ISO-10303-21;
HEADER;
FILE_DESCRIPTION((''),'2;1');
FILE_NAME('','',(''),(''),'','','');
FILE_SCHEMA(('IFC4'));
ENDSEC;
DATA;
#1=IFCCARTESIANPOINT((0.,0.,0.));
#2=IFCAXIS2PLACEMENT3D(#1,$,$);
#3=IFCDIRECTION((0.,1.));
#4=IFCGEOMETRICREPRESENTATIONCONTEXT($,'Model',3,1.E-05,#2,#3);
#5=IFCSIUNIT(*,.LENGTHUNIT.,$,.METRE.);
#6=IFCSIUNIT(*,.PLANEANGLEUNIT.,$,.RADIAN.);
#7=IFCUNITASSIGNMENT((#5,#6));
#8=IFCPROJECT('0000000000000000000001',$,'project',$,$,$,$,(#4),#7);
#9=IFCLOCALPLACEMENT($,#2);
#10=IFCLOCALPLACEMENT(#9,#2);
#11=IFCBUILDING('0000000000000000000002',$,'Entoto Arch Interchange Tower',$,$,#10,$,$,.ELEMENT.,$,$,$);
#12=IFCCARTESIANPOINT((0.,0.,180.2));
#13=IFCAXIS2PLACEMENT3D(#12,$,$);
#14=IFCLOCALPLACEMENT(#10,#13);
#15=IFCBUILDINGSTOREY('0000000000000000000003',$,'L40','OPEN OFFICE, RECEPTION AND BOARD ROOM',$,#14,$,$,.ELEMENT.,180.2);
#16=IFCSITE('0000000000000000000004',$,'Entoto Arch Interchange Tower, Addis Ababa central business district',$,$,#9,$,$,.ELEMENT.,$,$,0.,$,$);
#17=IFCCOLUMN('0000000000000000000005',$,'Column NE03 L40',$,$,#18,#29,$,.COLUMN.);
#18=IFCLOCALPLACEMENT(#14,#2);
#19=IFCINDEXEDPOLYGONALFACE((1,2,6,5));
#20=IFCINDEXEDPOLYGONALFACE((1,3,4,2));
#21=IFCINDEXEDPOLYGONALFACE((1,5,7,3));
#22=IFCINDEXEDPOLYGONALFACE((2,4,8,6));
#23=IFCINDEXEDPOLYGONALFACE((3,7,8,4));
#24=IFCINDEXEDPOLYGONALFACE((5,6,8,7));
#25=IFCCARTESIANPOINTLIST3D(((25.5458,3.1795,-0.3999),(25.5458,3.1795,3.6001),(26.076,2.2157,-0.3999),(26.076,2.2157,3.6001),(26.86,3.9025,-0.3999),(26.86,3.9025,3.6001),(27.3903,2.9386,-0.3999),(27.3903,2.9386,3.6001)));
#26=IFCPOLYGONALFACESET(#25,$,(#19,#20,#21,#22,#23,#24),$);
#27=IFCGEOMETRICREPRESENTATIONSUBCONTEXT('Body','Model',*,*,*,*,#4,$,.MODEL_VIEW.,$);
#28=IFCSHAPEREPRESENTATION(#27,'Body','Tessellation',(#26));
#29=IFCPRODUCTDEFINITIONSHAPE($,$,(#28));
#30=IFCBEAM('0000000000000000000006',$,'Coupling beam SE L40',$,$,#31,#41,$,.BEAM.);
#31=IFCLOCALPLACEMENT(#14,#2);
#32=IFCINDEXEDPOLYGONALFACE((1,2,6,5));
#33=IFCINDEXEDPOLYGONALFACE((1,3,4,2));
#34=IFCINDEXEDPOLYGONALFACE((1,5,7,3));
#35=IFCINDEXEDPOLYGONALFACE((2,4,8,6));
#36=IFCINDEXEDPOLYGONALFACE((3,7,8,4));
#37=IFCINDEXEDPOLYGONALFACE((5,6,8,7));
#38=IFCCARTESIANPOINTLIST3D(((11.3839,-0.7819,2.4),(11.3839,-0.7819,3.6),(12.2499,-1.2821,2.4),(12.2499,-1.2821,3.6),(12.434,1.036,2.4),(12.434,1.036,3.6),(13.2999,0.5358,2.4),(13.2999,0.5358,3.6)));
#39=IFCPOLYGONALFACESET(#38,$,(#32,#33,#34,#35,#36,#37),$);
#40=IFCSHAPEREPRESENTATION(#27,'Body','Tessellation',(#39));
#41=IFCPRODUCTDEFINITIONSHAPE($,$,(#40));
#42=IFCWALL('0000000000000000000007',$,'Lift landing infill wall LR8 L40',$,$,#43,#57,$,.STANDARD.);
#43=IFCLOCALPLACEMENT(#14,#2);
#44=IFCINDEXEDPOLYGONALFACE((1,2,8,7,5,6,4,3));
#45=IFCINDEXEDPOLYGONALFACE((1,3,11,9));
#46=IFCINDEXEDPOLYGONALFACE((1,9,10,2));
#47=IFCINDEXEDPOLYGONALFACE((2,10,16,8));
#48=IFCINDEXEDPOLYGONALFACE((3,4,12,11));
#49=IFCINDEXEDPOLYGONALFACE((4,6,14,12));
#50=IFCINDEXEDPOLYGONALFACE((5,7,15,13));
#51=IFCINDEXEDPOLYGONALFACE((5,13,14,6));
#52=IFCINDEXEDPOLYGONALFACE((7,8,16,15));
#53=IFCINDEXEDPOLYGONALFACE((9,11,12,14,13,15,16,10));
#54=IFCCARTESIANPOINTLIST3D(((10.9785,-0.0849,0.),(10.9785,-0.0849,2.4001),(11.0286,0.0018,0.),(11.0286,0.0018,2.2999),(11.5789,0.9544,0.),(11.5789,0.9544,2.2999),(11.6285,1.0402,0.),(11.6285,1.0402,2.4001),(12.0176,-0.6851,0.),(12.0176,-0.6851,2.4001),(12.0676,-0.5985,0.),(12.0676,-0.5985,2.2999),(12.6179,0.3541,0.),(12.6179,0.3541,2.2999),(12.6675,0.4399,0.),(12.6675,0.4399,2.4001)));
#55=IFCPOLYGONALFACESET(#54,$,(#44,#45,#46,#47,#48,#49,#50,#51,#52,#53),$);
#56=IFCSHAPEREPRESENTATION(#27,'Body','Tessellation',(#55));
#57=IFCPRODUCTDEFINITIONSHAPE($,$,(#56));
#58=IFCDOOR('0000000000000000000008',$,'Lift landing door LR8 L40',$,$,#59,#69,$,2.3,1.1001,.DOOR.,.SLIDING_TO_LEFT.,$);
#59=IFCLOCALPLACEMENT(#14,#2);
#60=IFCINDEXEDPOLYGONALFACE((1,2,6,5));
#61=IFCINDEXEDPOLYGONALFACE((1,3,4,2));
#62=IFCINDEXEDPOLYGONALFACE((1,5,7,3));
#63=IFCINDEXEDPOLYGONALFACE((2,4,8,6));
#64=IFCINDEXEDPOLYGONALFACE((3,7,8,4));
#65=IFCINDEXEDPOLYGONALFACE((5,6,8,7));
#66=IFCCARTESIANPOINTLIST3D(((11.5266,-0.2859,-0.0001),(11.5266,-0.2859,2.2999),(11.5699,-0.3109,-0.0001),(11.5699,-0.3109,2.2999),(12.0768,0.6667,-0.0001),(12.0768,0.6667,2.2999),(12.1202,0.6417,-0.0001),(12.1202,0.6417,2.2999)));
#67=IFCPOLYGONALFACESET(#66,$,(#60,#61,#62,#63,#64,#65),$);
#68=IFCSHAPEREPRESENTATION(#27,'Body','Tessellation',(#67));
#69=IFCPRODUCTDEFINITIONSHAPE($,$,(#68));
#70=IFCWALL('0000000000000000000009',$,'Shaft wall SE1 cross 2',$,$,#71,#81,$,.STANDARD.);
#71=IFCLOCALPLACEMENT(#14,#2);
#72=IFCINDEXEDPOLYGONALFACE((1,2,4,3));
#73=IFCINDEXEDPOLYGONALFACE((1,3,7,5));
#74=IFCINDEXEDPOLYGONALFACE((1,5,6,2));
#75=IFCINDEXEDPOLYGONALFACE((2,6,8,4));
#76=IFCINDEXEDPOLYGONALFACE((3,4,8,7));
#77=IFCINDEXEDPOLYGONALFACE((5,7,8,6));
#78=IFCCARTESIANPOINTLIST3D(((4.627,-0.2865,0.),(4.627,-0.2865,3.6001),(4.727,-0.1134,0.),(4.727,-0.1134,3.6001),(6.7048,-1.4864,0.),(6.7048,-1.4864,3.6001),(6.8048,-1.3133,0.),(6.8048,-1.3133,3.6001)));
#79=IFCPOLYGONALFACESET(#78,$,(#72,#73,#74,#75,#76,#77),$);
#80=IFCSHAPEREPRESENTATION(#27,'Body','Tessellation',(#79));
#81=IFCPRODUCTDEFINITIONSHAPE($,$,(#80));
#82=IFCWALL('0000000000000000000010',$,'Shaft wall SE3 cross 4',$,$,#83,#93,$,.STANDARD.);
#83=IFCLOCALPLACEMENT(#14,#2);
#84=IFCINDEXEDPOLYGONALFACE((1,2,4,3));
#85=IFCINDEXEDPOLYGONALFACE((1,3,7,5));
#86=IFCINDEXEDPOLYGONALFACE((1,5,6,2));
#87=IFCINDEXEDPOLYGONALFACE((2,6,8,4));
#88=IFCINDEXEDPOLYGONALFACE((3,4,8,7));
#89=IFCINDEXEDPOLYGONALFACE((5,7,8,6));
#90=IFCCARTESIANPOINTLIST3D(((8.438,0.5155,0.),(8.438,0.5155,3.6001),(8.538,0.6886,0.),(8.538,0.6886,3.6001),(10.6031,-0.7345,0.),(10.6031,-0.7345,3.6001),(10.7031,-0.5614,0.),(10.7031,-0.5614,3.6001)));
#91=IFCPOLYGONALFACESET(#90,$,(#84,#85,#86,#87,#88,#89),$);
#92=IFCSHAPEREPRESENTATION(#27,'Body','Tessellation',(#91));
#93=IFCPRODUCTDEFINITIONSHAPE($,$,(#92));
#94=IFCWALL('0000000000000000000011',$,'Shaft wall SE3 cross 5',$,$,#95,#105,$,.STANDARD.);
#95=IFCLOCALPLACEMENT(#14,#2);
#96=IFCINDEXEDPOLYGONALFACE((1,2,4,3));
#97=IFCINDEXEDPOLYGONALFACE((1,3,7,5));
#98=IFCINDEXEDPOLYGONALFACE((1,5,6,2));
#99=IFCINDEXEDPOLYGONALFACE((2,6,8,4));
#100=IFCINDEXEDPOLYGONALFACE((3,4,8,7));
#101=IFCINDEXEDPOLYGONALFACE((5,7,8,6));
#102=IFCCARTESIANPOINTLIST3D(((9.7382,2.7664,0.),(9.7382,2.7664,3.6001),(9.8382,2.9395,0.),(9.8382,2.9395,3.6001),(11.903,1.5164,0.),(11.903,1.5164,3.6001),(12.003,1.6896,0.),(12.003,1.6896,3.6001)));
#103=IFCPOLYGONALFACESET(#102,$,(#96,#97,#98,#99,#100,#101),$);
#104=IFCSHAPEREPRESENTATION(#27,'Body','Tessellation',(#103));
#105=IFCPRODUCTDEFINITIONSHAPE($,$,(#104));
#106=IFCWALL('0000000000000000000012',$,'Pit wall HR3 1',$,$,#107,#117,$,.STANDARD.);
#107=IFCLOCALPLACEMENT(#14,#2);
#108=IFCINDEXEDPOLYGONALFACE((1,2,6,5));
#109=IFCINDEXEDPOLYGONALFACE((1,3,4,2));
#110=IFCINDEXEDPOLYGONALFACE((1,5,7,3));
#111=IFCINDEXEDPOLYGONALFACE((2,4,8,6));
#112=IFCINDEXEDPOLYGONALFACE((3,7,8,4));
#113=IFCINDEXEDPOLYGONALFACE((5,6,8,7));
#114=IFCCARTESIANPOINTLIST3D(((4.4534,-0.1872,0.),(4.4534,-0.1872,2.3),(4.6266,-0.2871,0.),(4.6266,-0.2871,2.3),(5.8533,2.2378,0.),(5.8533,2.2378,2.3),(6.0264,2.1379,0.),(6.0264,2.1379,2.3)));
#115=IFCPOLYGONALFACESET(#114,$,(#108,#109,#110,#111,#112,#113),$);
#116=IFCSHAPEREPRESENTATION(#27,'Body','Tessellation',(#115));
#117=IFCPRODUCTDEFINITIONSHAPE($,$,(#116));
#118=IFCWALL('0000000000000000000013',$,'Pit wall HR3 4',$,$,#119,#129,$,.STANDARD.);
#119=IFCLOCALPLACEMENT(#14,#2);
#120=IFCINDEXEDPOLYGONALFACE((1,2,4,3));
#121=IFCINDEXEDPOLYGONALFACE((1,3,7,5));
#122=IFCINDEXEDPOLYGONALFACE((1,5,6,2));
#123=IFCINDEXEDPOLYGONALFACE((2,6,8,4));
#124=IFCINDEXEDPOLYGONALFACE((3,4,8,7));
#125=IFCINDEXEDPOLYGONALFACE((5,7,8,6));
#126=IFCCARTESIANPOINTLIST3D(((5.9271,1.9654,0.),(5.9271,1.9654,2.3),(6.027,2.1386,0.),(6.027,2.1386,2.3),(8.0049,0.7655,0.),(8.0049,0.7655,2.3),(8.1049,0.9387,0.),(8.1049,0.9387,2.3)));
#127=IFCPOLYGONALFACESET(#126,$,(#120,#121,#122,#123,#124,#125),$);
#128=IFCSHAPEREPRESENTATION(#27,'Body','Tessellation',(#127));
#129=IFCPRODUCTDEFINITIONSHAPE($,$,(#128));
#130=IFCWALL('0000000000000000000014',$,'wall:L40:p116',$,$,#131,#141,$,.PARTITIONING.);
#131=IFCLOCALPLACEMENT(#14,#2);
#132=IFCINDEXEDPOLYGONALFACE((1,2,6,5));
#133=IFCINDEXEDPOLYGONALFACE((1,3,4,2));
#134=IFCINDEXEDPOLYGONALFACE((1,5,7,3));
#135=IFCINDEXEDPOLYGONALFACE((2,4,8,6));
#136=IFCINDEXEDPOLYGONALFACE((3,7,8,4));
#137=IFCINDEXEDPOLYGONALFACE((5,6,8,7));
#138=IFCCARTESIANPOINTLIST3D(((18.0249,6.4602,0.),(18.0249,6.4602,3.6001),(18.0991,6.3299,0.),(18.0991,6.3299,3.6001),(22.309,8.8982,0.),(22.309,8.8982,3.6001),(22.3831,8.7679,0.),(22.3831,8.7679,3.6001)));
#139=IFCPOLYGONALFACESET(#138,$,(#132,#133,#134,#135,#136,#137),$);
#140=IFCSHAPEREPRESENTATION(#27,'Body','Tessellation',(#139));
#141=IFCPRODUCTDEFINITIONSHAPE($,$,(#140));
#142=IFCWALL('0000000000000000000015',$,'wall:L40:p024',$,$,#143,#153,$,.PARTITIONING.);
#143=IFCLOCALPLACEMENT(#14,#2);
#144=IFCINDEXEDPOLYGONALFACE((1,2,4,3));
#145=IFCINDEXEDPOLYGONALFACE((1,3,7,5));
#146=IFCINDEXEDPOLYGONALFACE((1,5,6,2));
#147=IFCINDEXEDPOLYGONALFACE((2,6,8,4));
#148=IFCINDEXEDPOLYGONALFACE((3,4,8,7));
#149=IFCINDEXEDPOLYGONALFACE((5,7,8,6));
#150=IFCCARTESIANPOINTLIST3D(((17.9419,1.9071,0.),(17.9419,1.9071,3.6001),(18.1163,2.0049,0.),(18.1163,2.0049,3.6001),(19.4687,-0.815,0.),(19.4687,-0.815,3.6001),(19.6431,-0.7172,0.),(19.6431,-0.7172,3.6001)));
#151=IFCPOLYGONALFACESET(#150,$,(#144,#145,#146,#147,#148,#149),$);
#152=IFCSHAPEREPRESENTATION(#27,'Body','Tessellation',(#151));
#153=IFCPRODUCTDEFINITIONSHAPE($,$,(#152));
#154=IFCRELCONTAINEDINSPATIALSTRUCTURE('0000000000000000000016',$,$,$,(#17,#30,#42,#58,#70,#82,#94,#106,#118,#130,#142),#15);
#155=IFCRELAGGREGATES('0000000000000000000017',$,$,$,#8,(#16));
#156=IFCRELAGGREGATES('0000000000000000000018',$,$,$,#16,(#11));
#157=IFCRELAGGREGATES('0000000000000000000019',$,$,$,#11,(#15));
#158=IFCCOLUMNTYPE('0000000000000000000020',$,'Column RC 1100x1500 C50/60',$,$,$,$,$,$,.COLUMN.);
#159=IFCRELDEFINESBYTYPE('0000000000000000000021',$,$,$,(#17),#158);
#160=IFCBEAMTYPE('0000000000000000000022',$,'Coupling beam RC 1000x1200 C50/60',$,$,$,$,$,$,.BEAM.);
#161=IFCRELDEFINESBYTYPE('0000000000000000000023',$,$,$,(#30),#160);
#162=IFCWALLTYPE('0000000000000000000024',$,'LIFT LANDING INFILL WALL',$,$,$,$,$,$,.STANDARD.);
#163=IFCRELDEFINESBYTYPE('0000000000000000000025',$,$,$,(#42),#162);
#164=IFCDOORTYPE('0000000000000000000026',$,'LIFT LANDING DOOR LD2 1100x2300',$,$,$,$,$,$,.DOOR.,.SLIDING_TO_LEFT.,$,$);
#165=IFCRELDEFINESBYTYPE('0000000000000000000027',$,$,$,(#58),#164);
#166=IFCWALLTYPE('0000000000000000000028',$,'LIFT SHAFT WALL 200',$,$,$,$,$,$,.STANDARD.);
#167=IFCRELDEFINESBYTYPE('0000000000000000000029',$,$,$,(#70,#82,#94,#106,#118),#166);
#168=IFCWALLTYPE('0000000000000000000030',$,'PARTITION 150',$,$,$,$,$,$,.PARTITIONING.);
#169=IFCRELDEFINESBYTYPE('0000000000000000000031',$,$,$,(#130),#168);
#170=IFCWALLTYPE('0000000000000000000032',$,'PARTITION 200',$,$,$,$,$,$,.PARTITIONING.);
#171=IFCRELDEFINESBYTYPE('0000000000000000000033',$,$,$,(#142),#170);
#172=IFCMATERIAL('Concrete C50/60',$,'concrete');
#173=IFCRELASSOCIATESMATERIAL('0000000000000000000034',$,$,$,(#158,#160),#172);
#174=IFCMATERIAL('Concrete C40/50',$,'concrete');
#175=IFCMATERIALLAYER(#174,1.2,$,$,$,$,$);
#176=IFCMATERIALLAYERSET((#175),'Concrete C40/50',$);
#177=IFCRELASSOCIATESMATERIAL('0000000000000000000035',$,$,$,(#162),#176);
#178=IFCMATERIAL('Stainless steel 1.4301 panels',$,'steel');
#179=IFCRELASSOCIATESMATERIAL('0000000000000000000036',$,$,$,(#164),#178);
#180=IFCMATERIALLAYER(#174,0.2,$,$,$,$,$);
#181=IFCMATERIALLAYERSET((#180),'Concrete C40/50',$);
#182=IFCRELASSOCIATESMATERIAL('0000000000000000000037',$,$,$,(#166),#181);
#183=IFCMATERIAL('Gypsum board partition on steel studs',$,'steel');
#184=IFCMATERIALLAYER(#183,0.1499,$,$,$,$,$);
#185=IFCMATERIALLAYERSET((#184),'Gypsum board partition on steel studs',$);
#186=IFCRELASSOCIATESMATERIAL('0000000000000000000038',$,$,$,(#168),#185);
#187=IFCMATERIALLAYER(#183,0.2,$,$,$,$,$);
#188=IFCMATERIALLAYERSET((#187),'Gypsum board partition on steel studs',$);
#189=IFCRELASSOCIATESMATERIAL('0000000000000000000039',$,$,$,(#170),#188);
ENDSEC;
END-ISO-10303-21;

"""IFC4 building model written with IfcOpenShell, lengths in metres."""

from ifc_helpers import new_model, si_unit, direction, frame, frame_2d, origin, origin_2d, place, context, subcontext, project, spatial, rectangle, extrude, material, layer, layer_set, material_profile, profile_set, type_object, element, fill, save


model = new_model("IFC4")

# Units and contexts
model_context = context("Model", 3, precision=1e-05, world=origin(), true_north=direction((0.0, 1.0)))
body_context = subcontext(model_context, "Body", "Model", "MODEL_VIEW")
ifc_project = project(units=[si_unit("LENGTHUNIT", "METRE"), si_unit("PLANEANGLEUNIT", "RADIAN")], contexts=[model_context])

# Site, building, storey
site_placement = place(None, origin())
site = spatial("IfcSite", under=ifc_project, at=site_placement, Name="Entoto Arch Interchange Tower, Addis Ababa central business district", CompositionType="ELEMENT", RefElevation=0.0)
building_placement = place(site_placement, origin())
building = spatial("IfcBuilding", under=site, at=building_placement, Name="Entoto Arch Interchange Tower", CompositionType="ELEMENT")
storey_placement = place(building_placement, frame((0.0, 0.0, 180.2)))
storey = spatial("IfcBuildingStorey", under=building, at=storey_placement, Name="L40", Description="OPEN OFFICE, RECEPTION AND BOARD ROOM", CompositionType="ELEMENT", Elevation=180.2)

# Column
ifc_material_1 = material(Name="Concrete C50/60", Category="concrete")
ifc_material_profile_1 = material_profile(ifc_material_1, rectangle(XDim=1.1001, YDim=1.5, at=origin_2d()))
ifc_profile_set_1 = profile_set([ifc_material_profile_1], Name="Concrete C50/60")
column_type = type_object("IfcColumnType", Name="Column RC 1100x1500 C50/60", PredefinedType="COLUMN", material=ifc_profile_set_1)
column_placement = place(storey_placement, frame((26.468, 3.0591, -0.3999), z_axis=(0.0, 0.0, 1.0), x_axis=(-0.481983, 0.876181, 0.0)))
element("IfcColumn", 1, at=column_placement, inside=storey, type_object=column_type, Name="Column NE03 L40", PredefinedType="COLUMN", context=body_context, shape_type="SweptSolid", body=[
    extrude(rectangle(XDim=1.1001, YDim=1.5, at=origin_2d()), origin(), (0.0, 0.0, 1.0), 4.0),
])

# Beam
ifc_material_profile_2 = material_profile(ifc_material_1, rectangle(XDim=1.0, YDim=1.2, at=origin_2d()))
ifc_profile_set_2 = profile_set([ifc_material_profile_2], Name="Concrete C50/60")
beam_type = type_object("IfcBeamType", Name="Coupling beam RC 1000x1200 C50/60", PredefinedType="BEAM", material=ifc_profile_set_2)
beam_placement = place(storey_placement, frame((11.8169, -1.032, 3.0), z_axis=(0.500179, 0.865922, 0.0), x_axis=(-0.865922, 0.500179, 0.0)))
element("IfcBeam", 2, at=beam_placement, inside=storey, type_object=beam_type, Name="Coupling beam SE L40", PredefinedType="BEAM", context=body_context, shape_type="SweptSolid", body=[
    extrude(rectangle(XDim=1.0, YDim=1.2, at=origin_2d()), origin(), (0.0, 0.0, 1.0), 2.0994),
])

# Wall, opening, door
ifc_material_2 = material(Name="Concrete C40/50", Category="concrete")
ifc_layer_1 = layer(ifc_material_2, 1.2)
ifc_layer_set_1 = layer_set([ifc_layer_1], Name="Concrete C40/50")
wall_type_1 = type_object("IfcWallType", Name="LIFT LANDING INFILL WALL", PredefinedType="STANDARD", material=ifc_layer_set_1)
wall_1_placement = place(storey_placement, frame((11.498, -0.385, 0.0), z_axis=(0.0, 0.0, 1.0), x_axis=(0.500221, 0.865898, 0.0)))
wall_1 = element("IfcWall", 3, at=wall_1_placement, inside=storey, type_object=wall_type_1, Name="Lift landing infill wall LR8 L40", PredefinedType="STANDARD", context=body_context, shape_type="SweptSolid", body=[
    extrude(rectangle(XDim=1.2993, YDim=1.2, at=frame_2d((0.6497, 0.0))), origin(), (0.0, 0.0, 1.0), 2.4001),
])
opening_1_placement = place(wall_1_placement, frame((0.1001, 0.0, 0.0)))
opening_1 = element("IfcOpeningElement", 4, at=opening_1_placement, cuts=wall_1, PredefinedType="OPENING", context=body_context, shape_type="SweptSolid", body=[
    extrude(rectangle(XDim=1.1001, YDim=2.3, at=frame_2d((0.55, 1.1499))), frame((0.0, 0.6099, 0.0), z_axis=(0.0, -1.0, 0.0), x_axis=(1.0, 0.0, 0.0)), (0.0, 0.0, 1.0), 1.22),
])
ifc_material_3 = material(Name="Stainless steel 1.4301 panels", Category="steel")
door_type_1 = type_object("IfcDoorType", Name="LIFT LANDING DOOR LD2 1100x2300", OperationType="SLIDING_TO_LEFT", PredefinedType="DOOR", material=ifc_material_3)
door_1_placement = place(opening_1_placement, origin())
door_1 = element("IfcDoor", 5, at=door_1_placement, inside=storey, type_object=door_type_1, Name="Lift landing door LR8 L40", OperationType="SLIDING_TO_LEFT", OverallHeight=2.3, OverallWidth=1.1001, PredefinedType="DOOR", context=body_context, shape_type="SweptSolid", body=[
    extrude(rectangle(XDim=1.1001, YDim=2.3, at=frame_2d((0.55, 1.1499))), frame((0.0, 0.0249, 0.0), z_axis=(0.0, -1.0, 0.0), x_axis=(1.0, 0.0, 0.0)), (0.0, 0.0, 1.0), 0.05),
])
fill(opening_1, door_1)

# Walls
ifc_layer_2 = layer(ifc_material_2, 0.2)
ifc_layer_set_2 = layer_set([ifc_layer_2], Name="Concrete C40/50")
wall_type_2 = type_object("IfcWallType", Name="LIFT SHAFT WALL 200", PredefinedType="STANDARD", material=ifc_layer_set_2)
wall_2_placement = place(storey_placement, frame((4.677, -0.2, 0.0), z_axis=(0.0, 0.0, 1.0), x_axis=(0.865974, -0.500089, 0.0)))
element("IfcWall", 6, at=wall_2_placement, inside=storey, type_object=wall_type_2, Name="Shaft wall SE1 cross 2", PredefinedType="STANDARD", context=body_context, shape_type="SweptSolid", body=[
    extrude(rectangle(XDim=2.3994, YDim=0.2, at=frame_2d((1.1997, 0.0))), origin(), (0.0, 0.0, 1.0), 3.6001),
])
wall_3_placement = place(storey_placement, frame((8.488, 0.6021, 0.0), z_axis=(0.0, 0.0, 1.0), x_axis=(0.866023, -0.500004, 0.0)))
element("IfcWall", 7, at=wall_3_placement, inside=storey, type_object=wall_type_2, Name="Shaft wall SE3 cross 4", PredefinedType="STANDARD", context=body_context, shape_type="SweptSolid", body=[
    extrude(rectangle(XDim=2.5, YDim=0.2, at=frame_2d((1.25, 0.0))), origin(), (0.0, 0.0, 1.0), 3.6001),
])
wall_4_placement = place(storey_placement, frame((9.7881, 2.853, 0.0), z_axis=(0.0, 0.0, 1.0), x_axis=(0.865999, -0.500047, 0.0)))
element("IfcWall", 8, at=wall_4_placement, inside=storey, type_object=wall_type_2, Name="Shaft wall SE3 cross 5", PredefinedType="STANDARD", context=body_context, shape_type="SweptSolid", body=[
    extrude(rectangle(XDim=2.4998, YDim=0.2, at=frame_2d((1.25, 0.0))), origin(), (0.0, 0.0, 1.0), 3.6001),
])
wall_5_placement = place(storey_placement, frame((4.54, -0.2371, 0.0), z_axis=(0.0, 0.0, 1.0), x_axis=(0.499946, 0.866056, 0.0)))
element("IfcWall", 9, at=wall_5_placement, inside=storey, type_object=wall_type_2, Name="Pit wall HR3 1", PredefinedType="STANDARD", context=body_context, shape_type="SweptSolid", body=[
    extrude(rectangle(XDim=2.8, YDim=0.2, at=frame_2d((1.3999, 0.0))), origin(), (0.0, 0.0, 1.0), 2.3),
])
wall_6_placement = place(storey_placement, frame((5.9771, 2.052, 0.0), z_axis=(0.0, 0.0, 1.0), x_axis=(0.865974, -0.500089, 0.0)))
element("IfcWall", 10, at=wall_6_placement, inside=storey, type_object=wall_type_2, Name="Pit wall HR3 4", PredefinedType="STANDARD", context=body_context, shape_type="SweptSolid", body=[
    extrude(rectangle(XDim=2.3994, YDim=0.2, at=frame_2d((1.1997, 0.0))), origin(), (0.0, 0.0, 1.0), 2.3),
])
ifc_material_4 = material(Name="Gypsum board partition on steel studs", Category="steel")
ifc_layer_3 = layer(ifc_material_4, 0.1499)
ifc_layer_set_3 = layer_set([ifc_layer_3], Name="Gypsum board partition on steel studs")
wall_type_3 = type_object("IfcWallType", Name="PARTITION 150", PredefinedType="PARTITIONING", material=ifc_layer_set_3)
wall_7_placement = place(storey_placement, frame((18.062, 6.395, 0.0), z_axis=(0.0, 0.0, 1.0), x_axis=(0.869114, 0.494613, 0.0)))
element("IfcWall", 11, at=wall_7_placement, inside=storey, type_object=wall_type_3, Name="wall:L40:p116", PredefinedType="PARTITIONING", context=body_context, shape_type="SweptSolid", body=[
    extrude(rectangle(XDim=4.9292, YDim=0.1499, at=frame_2d((2.4646, 0.0))), origin(), (0.0, 0.0, 1.0), 3.6001),
])
ifc_layer_4 = layer(ifc_material_4, 0.2)
ifc_layer_set_4 = layer_set([ifc_layer_4], Name="Gypsum board partition on steel studs")
wall_type_4 = type_object("IfcWallType", Name="PARTITION 200", PredefinedType="PARTITIONING", material=ifc_layer_set_4)
wall_8_placement = place(storey_placement, frame((19.5559, -0.7661, 0.0), z_axis=(0.0, 0.0, 1.0), x_axis=(-0.489199, 0.872172, 0.0)))
element("IfcWall", 12, at=wall_8_placement, inside=storey, type_object=wall_type_4, Name="wall:L40:p024", PredefinedType="PARTITIONING", context=body_context, shape_type="SweptSolid", body=[
    extrude(rectangle(XDim=3.1211, YDim=0.2, at=frame_2d((1.5605, 0.0))), origin(), (0.0, 0.0, 1.0), 3.6001),
])

save(model, "model.ifc")
